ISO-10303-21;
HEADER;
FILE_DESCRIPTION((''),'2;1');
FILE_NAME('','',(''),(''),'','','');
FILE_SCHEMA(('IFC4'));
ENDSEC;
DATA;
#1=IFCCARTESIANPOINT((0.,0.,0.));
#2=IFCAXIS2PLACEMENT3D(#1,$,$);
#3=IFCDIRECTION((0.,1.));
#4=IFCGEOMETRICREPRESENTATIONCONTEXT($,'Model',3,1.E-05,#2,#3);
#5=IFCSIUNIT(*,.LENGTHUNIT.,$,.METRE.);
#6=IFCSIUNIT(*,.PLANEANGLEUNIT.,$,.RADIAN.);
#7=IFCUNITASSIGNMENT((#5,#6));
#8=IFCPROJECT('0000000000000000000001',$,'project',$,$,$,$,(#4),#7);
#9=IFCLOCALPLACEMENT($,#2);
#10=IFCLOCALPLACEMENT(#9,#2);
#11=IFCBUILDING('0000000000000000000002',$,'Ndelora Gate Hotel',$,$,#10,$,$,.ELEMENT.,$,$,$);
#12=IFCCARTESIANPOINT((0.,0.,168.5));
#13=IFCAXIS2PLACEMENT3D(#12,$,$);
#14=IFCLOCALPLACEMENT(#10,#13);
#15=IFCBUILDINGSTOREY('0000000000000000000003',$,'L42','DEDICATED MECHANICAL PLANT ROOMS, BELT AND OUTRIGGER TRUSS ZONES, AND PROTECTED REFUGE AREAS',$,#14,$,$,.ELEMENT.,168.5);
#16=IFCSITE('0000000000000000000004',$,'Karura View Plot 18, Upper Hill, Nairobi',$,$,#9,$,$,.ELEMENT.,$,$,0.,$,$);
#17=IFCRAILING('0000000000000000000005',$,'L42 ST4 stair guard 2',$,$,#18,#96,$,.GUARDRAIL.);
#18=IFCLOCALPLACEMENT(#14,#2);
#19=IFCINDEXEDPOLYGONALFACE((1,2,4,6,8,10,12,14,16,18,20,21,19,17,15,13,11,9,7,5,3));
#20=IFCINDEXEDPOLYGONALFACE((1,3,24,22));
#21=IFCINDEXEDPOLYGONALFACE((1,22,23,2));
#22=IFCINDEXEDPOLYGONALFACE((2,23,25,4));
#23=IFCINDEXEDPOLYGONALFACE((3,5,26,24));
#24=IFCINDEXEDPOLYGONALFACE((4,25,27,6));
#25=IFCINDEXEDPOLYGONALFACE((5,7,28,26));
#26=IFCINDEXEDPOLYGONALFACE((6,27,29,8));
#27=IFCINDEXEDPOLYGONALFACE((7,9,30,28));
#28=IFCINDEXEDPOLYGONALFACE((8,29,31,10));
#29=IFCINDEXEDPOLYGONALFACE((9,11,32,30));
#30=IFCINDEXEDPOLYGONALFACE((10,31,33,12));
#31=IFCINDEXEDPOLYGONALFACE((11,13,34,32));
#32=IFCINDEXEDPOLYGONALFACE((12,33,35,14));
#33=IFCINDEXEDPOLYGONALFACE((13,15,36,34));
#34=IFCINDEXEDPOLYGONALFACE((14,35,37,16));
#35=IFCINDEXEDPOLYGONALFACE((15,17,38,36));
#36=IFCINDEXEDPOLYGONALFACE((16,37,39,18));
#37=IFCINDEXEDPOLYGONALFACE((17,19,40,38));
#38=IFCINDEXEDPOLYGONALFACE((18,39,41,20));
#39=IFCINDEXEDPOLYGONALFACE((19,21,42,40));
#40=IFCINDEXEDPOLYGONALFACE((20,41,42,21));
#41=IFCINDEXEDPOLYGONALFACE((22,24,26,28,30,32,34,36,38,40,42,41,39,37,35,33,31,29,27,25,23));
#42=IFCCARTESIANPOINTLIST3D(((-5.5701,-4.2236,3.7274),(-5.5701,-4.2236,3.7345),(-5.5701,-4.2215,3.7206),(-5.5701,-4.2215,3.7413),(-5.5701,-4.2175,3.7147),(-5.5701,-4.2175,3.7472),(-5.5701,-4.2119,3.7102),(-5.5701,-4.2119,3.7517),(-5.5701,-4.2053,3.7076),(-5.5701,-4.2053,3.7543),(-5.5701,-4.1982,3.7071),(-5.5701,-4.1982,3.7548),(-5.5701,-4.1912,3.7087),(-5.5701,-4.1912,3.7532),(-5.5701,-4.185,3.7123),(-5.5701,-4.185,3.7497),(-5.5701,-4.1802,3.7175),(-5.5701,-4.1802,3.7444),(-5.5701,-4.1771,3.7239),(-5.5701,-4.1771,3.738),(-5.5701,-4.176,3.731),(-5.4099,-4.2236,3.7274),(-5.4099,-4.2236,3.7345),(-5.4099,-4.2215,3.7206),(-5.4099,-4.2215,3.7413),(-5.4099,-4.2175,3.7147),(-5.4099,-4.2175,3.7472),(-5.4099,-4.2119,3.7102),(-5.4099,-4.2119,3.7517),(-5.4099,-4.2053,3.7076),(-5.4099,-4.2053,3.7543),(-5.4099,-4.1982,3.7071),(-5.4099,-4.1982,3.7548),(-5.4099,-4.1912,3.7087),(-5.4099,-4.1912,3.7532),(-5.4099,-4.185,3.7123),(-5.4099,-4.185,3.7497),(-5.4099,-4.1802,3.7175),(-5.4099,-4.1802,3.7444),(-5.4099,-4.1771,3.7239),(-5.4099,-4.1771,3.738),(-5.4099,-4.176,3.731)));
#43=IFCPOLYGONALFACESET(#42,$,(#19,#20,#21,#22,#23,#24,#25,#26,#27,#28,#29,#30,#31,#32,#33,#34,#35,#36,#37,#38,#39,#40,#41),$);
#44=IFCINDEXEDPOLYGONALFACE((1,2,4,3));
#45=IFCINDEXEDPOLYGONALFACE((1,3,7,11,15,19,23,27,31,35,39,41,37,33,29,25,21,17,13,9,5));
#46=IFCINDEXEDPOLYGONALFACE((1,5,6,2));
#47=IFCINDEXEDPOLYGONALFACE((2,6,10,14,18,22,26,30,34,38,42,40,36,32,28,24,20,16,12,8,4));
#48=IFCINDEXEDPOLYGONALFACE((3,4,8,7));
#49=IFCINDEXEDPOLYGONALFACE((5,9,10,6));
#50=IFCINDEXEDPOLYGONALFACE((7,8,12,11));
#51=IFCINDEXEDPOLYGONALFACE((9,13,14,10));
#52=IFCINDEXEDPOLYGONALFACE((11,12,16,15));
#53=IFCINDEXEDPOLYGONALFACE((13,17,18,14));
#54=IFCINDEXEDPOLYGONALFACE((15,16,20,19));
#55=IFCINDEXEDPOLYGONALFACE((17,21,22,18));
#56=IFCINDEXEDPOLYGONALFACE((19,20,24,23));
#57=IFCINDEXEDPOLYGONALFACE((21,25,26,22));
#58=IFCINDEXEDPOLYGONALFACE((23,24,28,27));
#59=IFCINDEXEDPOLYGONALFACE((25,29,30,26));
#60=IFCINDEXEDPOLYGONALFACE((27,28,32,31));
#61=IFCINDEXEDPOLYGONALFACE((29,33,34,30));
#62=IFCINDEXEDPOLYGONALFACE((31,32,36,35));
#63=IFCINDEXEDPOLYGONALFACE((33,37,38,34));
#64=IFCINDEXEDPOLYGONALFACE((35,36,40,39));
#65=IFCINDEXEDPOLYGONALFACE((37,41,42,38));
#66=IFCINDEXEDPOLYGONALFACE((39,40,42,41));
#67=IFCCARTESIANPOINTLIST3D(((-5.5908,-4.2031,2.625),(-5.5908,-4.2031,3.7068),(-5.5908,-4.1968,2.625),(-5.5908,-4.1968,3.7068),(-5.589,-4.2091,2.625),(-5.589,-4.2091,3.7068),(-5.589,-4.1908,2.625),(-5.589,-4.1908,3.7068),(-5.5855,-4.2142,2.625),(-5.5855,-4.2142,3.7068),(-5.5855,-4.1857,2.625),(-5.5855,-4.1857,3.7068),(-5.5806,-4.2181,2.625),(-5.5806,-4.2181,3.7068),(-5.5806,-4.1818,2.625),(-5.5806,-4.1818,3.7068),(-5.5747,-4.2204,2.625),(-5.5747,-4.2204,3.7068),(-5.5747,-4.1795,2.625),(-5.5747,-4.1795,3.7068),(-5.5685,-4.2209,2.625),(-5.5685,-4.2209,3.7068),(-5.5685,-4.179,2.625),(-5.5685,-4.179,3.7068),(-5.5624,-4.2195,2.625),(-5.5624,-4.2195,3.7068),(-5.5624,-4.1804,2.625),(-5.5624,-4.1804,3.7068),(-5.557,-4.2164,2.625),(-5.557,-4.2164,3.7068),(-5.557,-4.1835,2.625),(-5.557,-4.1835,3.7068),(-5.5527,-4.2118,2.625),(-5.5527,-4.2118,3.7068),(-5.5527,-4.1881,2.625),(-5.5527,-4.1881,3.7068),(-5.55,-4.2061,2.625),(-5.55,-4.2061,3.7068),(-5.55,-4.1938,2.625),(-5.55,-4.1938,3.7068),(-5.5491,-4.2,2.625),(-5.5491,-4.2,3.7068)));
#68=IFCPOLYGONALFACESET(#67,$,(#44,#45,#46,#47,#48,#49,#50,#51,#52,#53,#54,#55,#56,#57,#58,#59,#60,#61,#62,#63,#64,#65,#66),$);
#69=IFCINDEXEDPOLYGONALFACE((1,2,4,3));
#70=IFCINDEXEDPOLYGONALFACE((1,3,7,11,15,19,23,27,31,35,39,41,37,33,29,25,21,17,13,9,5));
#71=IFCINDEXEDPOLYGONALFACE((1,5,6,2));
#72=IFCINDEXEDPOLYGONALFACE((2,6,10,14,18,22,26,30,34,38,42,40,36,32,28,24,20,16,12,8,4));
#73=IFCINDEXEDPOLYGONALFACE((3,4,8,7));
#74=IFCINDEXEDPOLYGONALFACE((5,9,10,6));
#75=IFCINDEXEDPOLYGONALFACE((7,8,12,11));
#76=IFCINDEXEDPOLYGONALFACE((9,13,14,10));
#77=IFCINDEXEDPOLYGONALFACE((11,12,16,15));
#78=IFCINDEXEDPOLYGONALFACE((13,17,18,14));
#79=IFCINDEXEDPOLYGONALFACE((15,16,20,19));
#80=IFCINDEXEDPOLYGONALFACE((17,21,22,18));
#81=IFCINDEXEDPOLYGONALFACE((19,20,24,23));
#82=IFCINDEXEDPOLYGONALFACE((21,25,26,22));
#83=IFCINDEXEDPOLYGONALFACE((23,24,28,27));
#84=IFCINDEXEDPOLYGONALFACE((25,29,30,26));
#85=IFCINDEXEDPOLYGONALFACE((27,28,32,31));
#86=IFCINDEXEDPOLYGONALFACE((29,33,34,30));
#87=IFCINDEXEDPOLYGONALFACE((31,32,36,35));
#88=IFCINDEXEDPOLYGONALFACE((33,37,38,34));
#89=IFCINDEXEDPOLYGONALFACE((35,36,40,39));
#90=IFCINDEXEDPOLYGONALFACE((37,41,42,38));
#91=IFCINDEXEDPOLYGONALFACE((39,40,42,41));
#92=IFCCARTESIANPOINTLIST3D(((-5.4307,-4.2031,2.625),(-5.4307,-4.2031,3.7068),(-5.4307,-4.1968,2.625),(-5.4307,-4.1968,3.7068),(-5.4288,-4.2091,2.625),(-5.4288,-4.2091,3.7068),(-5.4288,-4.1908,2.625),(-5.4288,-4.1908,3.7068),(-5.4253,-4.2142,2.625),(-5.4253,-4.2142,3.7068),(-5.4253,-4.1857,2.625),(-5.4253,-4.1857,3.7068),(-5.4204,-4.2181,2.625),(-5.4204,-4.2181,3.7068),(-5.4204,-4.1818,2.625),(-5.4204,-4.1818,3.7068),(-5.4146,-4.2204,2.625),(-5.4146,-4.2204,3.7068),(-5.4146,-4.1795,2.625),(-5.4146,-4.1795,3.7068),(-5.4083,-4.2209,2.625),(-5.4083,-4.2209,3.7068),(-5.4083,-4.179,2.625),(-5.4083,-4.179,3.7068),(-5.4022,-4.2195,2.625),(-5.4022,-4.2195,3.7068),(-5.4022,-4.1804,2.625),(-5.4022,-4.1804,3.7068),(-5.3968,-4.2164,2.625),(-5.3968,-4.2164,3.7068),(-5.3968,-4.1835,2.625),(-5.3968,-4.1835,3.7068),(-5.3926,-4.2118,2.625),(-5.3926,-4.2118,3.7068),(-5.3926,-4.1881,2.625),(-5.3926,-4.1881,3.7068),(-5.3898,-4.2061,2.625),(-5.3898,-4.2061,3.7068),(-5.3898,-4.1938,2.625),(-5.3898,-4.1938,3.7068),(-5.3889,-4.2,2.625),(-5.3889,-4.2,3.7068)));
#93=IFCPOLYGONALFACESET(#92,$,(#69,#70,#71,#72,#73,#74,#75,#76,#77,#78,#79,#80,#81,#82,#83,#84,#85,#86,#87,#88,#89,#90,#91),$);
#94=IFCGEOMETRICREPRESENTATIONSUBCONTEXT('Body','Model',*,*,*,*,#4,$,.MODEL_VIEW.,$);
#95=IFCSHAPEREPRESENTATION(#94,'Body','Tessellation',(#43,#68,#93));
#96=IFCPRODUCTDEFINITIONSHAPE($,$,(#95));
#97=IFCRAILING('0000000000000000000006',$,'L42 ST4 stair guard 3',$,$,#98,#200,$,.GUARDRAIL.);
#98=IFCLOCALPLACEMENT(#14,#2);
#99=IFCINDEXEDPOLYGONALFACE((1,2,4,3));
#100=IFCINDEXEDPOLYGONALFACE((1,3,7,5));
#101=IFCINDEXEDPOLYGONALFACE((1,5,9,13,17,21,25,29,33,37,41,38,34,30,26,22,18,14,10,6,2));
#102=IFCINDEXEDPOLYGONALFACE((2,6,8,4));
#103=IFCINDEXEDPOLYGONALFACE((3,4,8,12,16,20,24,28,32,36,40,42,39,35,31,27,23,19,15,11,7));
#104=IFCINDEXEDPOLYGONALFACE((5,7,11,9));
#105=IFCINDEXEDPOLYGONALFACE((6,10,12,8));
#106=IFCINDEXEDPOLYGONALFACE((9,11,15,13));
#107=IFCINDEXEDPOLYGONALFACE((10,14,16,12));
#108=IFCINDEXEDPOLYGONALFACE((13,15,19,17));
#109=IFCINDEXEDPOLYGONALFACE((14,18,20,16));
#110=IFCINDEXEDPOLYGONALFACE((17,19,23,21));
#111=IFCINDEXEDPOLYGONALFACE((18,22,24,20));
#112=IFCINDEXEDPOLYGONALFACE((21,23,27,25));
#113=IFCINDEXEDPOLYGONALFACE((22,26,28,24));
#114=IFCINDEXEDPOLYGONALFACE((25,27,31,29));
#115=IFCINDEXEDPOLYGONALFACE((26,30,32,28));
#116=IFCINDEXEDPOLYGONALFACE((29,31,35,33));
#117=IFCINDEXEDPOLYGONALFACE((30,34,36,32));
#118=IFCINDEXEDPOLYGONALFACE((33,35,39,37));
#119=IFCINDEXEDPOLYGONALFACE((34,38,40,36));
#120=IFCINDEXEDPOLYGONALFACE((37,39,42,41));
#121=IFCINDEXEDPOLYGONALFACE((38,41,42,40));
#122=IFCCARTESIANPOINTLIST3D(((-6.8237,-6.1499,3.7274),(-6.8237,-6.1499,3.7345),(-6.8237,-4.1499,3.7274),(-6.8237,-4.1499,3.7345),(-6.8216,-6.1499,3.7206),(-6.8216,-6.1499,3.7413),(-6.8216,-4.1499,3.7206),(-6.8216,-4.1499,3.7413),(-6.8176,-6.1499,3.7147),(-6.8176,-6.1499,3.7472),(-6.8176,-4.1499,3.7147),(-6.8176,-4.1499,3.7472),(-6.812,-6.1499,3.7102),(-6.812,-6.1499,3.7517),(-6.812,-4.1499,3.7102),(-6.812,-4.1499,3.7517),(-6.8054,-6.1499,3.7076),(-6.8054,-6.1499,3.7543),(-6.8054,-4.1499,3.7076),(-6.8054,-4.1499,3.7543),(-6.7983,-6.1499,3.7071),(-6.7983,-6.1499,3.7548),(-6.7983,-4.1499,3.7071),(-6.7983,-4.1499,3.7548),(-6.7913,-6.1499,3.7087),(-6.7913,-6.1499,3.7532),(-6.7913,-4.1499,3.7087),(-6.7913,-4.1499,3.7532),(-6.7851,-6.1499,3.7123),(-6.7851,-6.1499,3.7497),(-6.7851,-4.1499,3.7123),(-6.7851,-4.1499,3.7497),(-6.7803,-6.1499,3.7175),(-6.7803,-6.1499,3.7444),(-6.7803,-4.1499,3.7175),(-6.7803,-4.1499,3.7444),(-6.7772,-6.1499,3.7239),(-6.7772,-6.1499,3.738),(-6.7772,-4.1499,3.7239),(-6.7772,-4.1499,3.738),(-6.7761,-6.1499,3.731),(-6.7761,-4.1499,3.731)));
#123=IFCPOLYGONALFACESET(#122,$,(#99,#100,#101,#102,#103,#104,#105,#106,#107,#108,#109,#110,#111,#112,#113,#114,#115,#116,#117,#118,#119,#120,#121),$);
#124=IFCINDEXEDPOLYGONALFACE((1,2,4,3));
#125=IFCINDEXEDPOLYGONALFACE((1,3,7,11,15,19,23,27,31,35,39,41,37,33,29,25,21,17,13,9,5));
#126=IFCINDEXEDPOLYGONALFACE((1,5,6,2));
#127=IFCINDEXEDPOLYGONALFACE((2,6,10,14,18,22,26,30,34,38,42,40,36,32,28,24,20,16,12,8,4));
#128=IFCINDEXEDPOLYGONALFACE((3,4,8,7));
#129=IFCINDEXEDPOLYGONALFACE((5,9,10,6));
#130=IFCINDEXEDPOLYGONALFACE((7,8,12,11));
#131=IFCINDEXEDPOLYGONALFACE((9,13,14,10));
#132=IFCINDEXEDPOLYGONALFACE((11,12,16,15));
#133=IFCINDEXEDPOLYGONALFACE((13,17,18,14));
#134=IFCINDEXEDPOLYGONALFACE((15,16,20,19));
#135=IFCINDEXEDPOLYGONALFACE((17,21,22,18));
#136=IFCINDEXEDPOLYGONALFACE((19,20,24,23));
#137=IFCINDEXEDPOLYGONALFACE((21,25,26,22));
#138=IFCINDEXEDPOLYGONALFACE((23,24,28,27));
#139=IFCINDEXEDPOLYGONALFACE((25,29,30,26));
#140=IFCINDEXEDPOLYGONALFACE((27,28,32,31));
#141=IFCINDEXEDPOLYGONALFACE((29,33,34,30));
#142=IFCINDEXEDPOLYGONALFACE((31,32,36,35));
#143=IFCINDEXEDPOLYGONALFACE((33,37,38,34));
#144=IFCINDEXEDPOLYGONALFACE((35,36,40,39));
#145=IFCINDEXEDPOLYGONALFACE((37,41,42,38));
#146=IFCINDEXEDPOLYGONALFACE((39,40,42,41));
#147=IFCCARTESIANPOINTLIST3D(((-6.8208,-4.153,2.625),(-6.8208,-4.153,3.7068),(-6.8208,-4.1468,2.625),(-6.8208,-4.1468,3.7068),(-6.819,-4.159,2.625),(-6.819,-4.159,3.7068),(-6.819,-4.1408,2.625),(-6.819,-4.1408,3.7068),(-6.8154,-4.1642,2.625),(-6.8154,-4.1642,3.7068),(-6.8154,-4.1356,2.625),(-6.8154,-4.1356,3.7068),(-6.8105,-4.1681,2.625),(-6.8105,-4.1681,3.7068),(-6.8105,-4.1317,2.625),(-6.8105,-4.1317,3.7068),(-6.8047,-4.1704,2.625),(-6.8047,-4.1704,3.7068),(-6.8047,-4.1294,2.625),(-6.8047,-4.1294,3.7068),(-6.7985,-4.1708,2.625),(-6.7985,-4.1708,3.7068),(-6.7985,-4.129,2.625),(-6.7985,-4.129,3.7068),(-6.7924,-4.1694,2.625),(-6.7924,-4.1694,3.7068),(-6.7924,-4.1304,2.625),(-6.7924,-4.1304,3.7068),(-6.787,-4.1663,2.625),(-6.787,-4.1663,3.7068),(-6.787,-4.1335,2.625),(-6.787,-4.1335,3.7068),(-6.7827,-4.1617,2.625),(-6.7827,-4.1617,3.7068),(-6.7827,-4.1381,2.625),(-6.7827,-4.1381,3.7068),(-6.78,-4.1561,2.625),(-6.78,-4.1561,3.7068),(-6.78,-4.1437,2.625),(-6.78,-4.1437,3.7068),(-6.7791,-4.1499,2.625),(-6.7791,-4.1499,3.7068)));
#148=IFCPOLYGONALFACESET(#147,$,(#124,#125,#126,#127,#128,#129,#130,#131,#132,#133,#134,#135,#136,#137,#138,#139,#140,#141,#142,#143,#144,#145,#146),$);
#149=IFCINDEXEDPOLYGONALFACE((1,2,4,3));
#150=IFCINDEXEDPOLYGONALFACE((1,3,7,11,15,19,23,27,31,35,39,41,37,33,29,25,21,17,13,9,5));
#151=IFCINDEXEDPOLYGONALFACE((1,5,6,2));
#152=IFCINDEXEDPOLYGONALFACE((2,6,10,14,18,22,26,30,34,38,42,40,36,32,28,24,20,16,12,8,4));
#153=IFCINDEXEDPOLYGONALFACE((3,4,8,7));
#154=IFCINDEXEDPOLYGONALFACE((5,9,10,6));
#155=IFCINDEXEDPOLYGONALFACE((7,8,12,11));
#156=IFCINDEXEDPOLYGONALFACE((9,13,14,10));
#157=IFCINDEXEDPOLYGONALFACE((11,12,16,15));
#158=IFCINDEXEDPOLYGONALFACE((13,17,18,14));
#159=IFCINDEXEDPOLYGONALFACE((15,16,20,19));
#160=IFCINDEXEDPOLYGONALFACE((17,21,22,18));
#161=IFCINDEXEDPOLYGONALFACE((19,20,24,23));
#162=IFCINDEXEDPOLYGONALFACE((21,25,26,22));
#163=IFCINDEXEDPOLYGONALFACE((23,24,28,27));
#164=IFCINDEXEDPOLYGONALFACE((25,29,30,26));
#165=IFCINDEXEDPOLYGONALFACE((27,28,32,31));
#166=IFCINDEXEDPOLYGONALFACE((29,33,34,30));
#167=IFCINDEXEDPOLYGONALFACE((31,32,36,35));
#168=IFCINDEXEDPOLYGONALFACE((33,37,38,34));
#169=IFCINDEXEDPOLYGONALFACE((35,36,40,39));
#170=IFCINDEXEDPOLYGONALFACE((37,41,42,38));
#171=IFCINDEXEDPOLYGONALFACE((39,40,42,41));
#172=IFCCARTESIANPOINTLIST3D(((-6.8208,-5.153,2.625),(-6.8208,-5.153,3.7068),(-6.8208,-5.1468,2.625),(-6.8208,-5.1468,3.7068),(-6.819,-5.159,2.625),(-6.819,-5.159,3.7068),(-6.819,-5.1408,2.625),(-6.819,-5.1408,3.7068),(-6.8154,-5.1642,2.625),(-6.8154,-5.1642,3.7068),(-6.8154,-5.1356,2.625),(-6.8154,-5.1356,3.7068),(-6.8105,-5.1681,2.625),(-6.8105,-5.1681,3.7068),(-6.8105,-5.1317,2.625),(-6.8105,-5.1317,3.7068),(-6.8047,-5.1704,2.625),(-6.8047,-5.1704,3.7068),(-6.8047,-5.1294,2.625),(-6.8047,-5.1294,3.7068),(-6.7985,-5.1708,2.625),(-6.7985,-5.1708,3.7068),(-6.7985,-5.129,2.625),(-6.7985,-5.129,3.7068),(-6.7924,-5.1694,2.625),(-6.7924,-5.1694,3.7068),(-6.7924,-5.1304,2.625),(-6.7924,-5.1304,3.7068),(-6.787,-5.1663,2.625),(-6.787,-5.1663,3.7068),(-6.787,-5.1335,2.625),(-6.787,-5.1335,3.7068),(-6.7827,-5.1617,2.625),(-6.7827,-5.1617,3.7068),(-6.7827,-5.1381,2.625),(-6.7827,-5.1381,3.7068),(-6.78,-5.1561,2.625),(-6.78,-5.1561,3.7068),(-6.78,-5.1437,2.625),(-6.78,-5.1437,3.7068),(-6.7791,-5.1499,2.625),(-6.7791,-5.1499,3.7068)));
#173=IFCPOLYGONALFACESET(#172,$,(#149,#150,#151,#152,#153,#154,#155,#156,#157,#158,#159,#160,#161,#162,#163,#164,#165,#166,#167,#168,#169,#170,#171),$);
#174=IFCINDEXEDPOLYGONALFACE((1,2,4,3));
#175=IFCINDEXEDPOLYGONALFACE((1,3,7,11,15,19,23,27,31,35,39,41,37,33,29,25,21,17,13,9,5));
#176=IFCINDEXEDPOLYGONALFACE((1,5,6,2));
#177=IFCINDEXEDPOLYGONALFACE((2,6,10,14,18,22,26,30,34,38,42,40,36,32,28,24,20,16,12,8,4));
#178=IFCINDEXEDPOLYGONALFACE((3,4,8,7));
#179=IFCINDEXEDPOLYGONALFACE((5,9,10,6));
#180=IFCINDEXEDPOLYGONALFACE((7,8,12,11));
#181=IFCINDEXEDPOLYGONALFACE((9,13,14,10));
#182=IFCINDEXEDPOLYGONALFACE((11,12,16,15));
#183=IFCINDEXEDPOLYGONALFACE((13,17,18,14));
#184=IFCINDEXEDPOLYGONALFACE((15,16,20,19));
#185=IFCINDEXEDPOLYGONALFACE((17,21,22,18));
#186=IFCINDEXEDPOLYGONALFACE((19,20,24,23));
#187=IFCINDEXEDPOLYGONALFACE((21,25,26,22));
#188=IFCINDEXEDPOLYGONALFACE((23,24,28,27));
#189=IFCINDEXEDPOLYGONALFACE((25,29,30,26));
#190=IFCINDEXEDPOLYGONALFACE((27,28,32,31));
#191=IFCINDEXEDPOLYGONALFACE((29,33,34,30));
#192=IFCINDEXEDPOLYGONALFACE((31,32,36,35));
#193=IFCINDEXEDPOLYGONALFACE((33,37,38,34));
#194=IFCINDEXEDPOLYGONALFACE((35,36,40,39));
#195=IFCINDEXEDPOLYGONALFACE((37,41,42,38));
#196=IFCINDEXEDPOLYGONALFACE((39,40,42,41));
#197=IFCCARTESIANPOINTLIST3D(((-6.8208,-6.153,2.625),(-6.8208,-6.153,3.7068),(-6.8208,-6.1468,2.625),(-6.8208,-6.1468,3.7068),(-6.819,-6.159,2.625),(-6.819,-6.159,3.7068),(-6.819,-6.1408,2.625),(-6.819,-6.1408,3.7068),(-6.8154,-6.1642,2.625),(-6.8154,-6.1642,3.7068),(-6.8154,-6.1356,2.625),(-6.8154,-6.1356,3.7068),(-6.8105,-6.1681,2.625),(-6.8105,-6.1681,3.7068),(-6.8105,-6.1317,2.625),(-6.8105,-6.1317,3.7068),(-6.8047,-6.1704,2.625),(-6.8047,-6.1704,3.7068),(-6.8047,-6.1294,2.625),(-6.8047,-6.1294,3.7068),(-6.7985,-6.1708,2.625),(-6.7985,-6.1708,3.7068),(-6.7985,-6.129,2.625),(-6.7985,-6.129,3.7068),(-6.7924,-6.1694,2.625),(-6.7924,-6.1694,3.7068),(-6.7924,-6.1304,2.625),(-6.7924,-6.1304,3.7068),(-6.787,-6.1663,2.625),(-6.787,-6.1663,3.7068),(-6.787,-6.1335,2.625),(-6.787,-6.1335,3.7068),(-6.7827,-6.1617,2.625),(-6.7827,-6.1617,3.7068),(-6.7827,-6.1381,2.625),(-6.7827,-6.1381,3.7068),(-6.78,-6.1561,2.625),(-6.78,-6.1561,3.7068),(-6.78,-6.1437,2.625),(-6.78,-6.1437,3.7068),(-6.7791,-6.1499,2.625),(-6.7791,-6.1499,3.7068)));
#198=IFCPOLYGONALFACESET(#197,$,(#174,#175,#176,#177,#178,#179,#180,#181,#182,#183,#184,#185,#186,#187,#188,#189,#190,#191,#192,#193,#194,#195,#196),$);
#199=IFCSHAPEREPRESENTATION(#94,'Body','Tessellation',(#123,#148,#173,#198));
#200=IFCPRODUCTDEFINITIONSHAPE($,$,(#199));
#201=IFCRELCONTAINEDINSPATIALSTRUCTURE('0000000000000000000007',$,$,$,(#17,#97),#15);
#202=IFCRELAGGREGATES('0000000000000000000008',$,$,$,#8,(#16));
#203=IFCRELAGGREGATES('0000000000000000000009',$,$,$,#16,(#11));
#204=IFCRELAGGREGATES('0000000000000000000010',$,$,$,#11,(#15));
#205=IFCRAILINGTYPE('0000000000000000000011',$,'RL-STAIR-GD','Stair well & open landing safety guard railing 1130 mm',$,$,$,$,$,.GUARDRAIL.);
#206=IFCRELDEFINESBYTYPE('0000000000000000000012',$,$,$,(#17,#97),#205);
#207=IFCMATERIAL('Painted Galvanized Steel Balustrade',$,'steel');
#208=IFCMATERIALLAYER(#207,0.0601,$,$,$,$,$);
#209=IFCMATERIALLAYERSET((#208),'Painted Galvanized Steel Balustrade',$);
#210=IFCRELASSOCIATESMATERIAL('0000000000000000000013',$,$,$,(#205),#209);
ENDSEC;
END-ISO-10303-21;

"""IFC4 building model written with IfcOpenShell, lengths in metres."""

from ifc_helpers import new_model, si_unit, direction, frame, origin, origin_2d, place, context, subcontext, project, spatial, circle, extrude, material, layer, layer_set, type_object, element, save


model = new_model("IFC4")

# Units and contexts
model_context = context("Model", 3, precision=1e-05, world=origin(), true_north=direction((0.0, 1.0)))
body_context = subcontext(model_context, "Body", "Model", "MODEL_VIEW")
ifc_project = project(units=[si_unit("LENGTHUNIT", "METRE"), si_unit("PLANEANGLEUNIT", "RADIAN")], contexts=[model_context])

# Site, building, storey
site_placement = place(None, origin())
site = spatial("IfcSite", under=ifc_project, at=site_placement, Name="Karura View Plot 18, Upper Hill, Nairobi", CompositionType="ELEMENT", RefElevation=0.0)
building_placement = place(site_placement, origin())
building = spatial("IfcBuilding", under=site, at=building_placement, Name="Ndelora Gate Hotel", CompositionType="ELEMENT")
storey_placement = place(building_placement, frame((0.0, 0.0, 168.5)))
storey = spatial("IfcBuildingStorey", under=building, at=storey_placement, Name="L42", Description="DEDICATED MECHANICAL PLANT ROOMS, BELT AND OUTRIGGER TRUSS ZONES, AND PROTECTED REFUGE AREAS", CompositionType="ELEMENT", Elevation=168.5)

# Railings
ifc_material_1 = material(Name="Painted Galvanized Steel Balustrade", Category="steel")
ifc_layer_1 = layer(ifc_material_1, 0.0601)
ifc_layer_set_1 = layer_set([ifc_layer_1], Name="Painted Galvanized Steel Balustrade")
railing_type_1 = type_object("IfcRailingType", Name="RL-STAIR-GD", Description="Stair well & open landing safety guard railing 1130 mm", PredefinedType="GUARDRAIL", material=ifc_layer_set_1)
railing_1_placement = place(storey_placement, frame((-5.5701, -4.2, 2.625)))
element("IfcRailing", 1, at=railing_1_placement, inside=storey, type_object=railing_type_1, Name="L42 ST4 stair guard 2", PredefinedType="GUARDRAIL", context=body_context, shape_type="SweptSolid", body=[
    extrude(circle(Radius=0.0239, at=origin_2d()), frame((0.0, 0.0, 1.106), z_axis=(1.0, 0.0, 0.0), x_axis=(0.0, 1.0, 0.0)), (0.0, 0.0, 1.0), 0.1602),
    extrude(circle(Radius=0.021, at=origin_2d()), origin(), (0.0, 0.0, 1.0), 1.0818),
    extrude(circle(Radius=0.021, at=origin_2d()), frame((0.1602, 0.0, 0.0)), (0.0, 0.0, 1.0), 1.0818),
])
for number, where, name in (
    (2, (-6.8, -4.1499, 2.625), "L42 ST4 stair guard 3"),
):
    element("IfcRailing", number, at=place(storey_placement, frame(where)), inside=storey, type_object=railing_type_1, Name=name, PredefinedType="GUARDRAIL", context=body_context, shape_type="SweptSolid", body=[
        extrude(circle(Radius=0.0239, at=origin_2d()), frame((0.0, 0.0, 1.106), z_axis=(0.0, -1.0, 0.0), x_axis=(1.0, 0.0, 0.0)), (0.0, 0.0, 1.0), 2.0),
        extrude(circle(Radius=0.021, at=origin_2d()), origin(), (0.0, 0.0, 1.0), 1.0818),
        extrude(circle(Radius=0.021, at=origin_2d()), frame((0.0, -1.0, 0.0)), (0.0, 0.0, 1.0), 1.0818),
        extrude(circle(Radius=0.021, at=origin_2d()), frame((0.0, -2.0, 0.0)), (0.0, 0.0, 1.0), 1.0818),
    ])

save(model, "model.ifc")
